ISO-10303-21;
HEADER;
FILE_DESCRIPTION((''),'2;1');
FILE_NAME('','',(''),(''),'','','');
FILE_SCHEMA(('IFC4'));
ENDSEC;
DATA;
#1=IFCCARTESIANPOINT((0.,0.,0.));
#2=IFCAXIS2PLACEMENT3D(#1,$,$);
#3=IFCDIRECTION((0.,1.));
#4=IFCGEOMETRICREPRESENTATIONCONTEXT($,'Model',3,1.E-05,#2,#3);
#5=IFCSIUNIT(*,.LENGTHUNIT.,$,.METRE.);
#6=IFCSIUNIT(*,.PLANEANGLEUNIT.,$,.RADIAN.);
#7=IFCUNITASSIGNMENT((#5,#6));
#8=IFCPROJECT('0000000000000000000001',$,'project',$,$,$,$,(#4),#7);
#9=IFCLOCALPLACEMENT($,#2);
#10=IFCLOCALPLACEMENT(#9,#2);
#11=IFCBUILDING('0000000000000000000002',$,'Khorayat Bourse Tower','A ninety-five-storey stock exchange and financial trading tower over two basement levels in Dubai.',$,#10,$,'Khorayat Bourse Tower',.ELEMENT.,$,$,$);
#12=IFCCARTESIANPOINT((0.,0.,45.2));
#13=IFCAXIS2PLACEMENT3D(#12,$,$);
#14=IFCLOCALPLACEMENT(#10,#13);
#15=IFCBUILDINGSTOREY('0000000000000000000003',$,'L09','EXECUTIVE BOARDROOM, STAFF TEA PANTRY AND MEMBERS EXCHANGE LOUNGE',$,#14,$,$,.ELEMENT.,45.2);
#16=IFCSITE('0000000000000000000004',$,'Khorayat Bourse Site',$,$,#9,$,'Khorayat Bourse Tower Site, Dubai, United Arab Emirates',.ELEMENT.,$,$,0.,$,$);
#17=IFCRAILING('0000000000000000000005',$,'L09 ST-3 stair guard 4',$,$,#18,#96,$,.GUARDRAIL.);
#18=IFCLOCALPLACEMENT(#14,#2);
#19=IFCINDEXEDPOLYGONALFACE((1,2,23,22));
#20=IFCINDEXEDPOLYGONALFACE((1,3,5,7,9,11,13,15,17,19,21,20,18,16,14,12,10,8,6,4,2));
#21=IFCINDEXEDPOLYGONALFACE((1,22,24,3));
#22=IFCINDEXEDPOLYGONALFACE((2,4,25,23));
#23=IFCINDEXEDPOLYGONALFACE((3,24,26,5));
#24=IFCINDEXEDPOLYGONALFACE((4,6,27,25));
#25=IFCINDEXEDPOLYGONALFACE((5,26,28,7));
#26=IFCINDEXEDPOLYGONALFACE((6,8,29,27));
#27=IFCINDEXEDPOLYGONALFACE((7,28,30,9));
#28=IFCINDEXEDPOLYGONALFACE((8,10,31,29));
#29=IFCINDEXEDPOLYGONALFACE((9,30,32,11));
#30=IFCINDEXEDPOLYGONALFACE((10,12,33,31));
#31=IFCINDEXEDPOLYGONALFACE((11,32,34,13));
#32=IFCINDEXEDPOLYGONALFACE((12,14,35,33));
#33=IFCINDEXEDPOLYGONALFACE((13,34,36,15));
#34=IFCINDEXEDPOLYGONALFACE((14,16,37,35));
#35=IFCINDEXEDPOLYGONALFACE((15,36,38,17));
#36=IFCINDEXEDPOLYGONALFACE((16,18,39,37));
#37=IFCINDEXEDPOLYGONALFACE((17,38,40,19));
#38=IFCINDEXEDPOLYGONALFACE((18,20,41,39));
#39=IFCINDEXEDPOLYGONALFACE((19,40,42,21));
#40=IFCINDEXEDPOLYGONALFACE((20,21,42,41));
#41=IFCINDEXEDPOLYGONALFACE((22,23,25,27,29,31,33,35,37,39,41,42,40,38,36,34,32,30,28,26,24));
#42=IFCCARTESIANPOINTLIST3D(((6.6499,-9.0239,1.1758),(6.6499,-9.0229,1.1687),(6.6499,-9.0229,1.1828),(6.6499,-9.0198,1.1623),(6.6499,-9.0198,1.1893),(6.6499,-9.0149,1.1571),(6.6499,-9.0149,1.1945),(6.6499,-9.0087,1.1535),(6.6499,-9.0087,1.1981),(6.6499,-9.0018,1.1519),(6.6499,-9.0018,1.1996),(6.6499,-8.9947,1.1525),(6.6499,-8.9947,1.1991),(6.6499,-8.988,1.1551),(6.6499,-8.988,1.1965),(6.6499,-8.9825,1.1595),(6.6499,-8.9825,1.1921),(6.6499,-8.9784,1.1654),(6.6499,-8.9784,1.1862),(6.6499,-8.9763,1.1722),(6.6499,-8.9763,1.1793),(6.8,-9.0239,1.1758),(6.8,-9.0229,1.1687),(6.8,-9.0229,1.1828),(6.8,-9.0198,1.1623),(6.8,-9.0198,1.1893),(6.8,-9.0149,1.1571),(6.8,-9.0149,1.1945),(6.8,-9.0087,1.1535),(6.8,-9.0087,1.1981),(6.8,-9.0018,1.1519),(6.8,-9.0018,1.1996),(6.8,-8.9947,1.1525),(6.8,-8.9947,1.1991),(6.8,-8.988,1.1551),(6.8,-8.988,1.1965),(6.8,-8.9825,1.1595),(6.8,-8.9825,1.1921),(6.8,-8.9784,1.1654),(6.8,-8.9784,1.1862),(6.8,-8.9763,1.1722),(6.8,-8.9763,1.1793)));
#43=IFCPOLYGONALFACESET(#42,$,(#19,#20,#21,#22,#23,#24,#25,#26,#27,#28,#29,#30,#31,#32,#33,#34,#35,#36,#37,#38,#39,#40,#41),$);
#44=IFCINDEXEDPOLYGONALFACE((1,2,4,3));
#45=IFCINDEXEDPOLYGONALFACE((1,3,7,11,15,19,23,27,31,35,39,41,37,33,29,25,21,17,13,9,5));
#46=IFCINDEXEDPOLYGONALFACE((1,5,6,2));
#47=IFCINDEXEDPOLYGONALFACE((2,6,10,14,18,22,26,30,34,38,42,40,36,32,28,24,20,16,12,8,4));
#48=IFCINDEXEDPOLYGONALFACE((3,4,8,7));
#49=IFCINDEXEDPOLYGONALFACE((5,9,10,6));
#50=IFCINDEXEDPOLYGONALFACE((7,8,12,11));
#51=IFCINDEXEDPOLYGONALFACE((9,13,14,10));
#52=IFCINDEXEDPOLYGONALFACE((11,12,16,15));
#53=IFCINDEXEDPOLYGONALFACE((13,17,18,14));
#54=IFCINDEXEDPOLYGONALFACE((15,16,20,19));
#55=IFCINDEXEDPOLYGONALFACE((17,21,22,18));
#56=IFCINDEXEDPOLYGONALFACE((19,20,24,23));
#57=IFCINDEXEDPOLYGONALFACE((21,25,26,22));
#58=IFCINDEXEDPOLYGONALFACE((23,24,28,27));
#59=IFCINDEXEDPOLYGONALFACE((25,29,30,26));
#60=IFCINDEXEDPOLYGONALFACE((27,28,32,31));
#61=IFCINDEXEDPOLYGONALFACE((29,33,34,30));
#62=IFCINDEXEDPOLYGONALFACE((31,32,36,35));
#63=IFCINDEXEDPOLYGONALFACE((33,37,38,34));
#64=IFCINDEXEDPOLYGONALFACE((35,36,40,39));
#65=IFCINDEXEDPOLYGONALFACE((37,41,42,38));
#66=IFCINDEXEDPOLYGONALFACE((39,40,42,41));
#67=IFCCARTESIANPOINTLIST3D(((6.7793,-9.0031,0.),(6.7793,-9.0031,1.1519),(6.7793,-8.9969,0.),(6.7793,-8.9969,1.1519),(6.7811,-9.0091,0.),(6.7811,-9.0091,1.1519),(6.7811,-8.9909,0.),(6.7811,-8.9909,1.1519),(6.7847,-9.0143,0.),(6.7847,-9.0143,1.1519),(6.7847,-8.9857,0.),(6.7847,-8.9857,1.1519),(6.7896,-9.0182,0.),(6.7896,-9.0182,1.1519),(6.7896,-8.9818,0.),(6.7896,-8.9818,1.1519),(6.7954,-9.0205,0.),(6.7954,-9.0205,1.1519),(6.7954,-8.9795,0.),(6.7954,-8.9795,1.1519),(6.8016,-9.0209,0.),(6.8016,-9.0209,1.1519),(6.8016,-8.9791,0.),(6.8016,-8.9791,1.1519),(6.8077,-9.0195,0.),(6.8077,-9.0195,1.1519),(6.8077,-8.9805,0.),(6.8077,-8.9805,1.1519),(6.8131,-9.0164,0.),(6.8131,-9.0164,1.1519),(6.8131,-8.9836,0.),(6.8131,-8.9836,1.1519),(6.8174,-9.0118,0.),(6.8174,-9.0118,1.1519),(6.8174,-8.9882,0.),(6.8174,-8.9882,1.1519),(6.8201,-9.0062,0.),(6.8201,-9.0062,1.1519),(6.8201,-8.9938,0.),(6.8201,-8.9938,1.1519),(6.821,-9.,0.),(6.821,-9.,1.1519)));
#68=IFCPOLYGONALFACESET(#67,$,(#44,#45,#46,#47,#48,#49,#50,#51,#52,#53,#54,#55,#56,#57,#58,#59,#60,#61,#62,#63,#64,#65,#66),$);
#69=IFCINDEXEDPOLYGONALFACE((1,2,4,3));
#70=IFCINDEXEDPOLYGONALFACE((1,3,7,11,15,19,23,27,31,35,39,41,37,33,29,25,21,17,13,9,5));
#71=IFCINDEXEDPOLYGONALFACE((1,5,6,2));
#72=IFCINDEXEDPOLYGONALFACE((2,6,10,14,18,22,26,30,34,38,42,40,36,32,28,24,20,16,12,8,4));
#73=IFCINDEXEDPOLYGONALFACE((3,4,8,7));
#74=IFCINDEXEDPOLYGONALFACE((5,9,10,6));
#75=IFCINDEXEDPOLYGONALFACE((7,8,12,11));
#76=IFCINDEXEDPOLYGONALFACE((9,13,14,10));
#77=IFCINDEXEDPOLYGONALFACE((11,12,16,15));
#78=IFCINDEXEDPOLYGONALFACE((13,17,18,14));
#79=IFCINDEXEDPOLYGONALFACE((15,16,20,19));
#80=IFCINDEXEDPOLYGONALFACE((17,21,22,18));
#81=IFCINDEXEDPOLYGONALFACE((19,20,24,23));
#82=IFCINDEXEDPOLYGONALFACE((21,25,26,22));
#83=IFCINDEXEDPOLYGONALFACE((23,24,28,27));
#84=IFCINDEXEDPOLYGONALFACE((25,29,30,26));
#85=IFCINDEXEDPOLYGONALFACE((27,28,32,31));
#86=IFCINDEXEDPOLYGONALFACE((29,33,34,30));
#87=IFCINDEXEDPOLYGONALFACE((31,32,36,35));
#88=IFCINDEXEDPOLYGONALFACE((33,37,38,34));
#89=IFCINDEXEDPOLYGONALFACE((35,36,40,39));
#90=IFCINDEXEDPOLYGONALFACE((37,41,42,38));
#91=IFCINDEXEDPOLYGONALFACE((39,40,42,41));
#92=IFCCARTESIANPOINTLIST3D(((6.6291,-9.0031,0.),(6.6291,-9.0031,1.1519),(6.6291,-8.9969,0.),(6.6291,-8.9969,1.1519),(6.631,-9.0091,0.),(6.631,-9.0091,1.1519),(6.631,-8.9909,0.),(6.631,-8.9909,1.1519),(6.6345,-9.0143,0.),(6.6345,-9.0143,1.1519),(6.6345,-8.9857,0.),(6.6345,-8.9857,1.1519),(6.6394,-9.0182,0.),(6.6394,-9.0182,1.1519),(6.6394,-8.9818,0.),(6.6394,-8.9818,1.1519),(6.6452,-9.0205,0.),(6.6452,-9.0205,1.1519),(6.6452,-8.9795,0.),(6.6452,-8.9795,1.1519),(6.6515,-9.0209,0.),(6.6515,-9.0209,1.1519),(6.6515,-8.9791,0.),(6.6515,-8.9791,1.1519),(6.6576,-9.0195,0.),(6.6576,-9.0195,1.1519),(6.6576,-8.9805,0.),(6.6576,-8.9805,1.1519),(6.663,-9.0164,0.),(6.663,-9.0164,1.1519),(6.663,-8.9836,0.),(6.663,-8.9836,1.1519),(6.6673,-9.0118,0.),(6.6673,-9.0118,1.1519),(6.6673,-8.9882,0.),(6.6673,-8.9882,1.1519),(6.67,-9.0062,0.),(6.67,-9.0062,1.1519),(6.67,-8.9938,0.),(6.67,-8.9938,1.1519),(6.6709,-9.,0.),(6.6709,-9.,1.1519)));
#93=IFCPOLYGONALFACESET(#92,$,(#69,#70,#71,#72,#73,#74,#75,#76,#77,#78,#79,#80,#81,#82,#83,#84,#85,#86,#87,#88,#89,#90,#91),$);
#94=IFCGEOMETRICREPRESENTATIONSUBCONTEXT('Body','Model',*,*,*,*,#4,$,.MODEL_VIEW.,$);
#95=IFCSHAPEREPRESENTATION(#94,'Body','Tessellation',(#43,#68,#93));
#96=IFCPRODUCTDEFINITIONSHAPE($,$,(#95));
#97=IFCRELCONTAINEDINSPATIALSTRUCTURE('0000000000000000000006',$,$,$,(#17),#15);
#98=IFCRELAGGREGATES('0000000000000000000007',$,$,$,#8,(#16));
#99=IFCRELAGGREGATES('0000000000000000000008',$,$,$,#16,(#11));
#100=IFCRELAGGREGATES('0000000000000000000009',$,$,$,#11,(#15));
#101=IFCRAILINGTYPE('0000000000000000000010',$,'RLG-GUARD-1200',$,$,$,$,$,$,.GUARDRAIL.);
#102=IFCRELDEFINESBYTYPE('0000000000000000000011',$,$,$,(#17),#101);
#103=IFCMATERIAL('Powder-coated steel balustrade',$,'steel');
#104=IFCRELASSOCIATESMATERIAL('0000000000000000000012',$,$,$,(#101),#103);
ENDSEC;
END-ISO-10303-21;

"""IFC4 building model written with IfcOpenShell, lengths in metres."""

from ifc_helpers import new_model, si_unit, direction, frame, origin, origin_2d, place, context, subcontext, project, spatial, circle, extrude, source, transform, mapped, material, type_object, element, save


model = new_model("IFC4")

# Units and contexts
model_context = context("Model", 3, precision=1e-05, world=origin(), true_north=direction((0.0, 1.0)))
body_context = subcontext(model_context, "Body", "Model", "MODEL_VIEW")
ifc_project = project(units=[si_unit("LENGTHUNIT", "METRE"), si_unit("PLANEANGLEUNIT", "RADIAN")], contexts=[model_context])

# Site, building, storey
site_placement = place(None, origin())
site = spatial("IfcSite", under=ifc_project, at=site_placement, Name="Khorayat Bourse Site", LongName="Khorayat Bourse Tower Site, Dubai, United Arab Emirates", CompositionType="ELEMENT", RefElevation=0.0)
building_placement = place(site_placement, origin())
building = spatial("IfcBuilding", under=site, at=building_placement, Name="Khorayat Bourse Tower", Description="A ninety-five-storey stock exchange and financial trading tower over two basement levels in Dubai.", LongName="Khorayat Bourse Tower", CompositionType="ELEMENT")
storey_placement = place(building_placement, frame((0.0, 0.0, 45.2)))
storey = spatial("IfcBuildingStorey", under=building, at=storey_placement, Name="L09", Description="EXECUTIVE BOARDROOM, STAFF TEA PANTRY AND MEMBERS EXCHANGE LOUNGE", CompositionType="ELEMENT", Elevation=45.2)

# Railing
ifc_material_1 = material(Name="Powder-coated steel balustrade", Category="steel")
railing_type_1 = type_object("IfcRailingType", Name="RLG-GUARD-1200", PredefinedType="GUARDRAIL", material=ifc_material_1)
shared_shape_1 = source(origin(), body_context, "Body", "SweptSolid", [
    extrude(circle(Radius=0.0239, at=origin_2d()), frame((0.0, 0.0, 1.1758), z_axis=(-1.0, 0.0, 0.0), x_axis=(0.0, -1.0, 0.0)), (0.0, 0.0, 1.0), 0.1501),
    extrude(circle(Radius=0.021, at=origin_2d()), origin(), (0.0, 0.0, 1.0), 1.1519),
    extrude(circle(Radius=0.021, at=origin_2d()), frame((-0.1501, 0.0, 0.0)), (0.0, 0.0, 1.0), 1.1519),
])
railing_1_placement = place(storey_placement, frame((6.8, -9.0, 0.0)))
element("IfcRailing", 1, at=railing_1_placement, inside=storey, type_object=railing_type_1, Name="L09 ST-3 stair guard 4", PredefinedType="GUARDRAIL", context=body_context, shape_type="MappedRepresentation", body=[
    mapped(shared_shape_1, transform((0.0, 0.0, 0.0), scale=1.0)),
])

save(model, "model.ifc")
